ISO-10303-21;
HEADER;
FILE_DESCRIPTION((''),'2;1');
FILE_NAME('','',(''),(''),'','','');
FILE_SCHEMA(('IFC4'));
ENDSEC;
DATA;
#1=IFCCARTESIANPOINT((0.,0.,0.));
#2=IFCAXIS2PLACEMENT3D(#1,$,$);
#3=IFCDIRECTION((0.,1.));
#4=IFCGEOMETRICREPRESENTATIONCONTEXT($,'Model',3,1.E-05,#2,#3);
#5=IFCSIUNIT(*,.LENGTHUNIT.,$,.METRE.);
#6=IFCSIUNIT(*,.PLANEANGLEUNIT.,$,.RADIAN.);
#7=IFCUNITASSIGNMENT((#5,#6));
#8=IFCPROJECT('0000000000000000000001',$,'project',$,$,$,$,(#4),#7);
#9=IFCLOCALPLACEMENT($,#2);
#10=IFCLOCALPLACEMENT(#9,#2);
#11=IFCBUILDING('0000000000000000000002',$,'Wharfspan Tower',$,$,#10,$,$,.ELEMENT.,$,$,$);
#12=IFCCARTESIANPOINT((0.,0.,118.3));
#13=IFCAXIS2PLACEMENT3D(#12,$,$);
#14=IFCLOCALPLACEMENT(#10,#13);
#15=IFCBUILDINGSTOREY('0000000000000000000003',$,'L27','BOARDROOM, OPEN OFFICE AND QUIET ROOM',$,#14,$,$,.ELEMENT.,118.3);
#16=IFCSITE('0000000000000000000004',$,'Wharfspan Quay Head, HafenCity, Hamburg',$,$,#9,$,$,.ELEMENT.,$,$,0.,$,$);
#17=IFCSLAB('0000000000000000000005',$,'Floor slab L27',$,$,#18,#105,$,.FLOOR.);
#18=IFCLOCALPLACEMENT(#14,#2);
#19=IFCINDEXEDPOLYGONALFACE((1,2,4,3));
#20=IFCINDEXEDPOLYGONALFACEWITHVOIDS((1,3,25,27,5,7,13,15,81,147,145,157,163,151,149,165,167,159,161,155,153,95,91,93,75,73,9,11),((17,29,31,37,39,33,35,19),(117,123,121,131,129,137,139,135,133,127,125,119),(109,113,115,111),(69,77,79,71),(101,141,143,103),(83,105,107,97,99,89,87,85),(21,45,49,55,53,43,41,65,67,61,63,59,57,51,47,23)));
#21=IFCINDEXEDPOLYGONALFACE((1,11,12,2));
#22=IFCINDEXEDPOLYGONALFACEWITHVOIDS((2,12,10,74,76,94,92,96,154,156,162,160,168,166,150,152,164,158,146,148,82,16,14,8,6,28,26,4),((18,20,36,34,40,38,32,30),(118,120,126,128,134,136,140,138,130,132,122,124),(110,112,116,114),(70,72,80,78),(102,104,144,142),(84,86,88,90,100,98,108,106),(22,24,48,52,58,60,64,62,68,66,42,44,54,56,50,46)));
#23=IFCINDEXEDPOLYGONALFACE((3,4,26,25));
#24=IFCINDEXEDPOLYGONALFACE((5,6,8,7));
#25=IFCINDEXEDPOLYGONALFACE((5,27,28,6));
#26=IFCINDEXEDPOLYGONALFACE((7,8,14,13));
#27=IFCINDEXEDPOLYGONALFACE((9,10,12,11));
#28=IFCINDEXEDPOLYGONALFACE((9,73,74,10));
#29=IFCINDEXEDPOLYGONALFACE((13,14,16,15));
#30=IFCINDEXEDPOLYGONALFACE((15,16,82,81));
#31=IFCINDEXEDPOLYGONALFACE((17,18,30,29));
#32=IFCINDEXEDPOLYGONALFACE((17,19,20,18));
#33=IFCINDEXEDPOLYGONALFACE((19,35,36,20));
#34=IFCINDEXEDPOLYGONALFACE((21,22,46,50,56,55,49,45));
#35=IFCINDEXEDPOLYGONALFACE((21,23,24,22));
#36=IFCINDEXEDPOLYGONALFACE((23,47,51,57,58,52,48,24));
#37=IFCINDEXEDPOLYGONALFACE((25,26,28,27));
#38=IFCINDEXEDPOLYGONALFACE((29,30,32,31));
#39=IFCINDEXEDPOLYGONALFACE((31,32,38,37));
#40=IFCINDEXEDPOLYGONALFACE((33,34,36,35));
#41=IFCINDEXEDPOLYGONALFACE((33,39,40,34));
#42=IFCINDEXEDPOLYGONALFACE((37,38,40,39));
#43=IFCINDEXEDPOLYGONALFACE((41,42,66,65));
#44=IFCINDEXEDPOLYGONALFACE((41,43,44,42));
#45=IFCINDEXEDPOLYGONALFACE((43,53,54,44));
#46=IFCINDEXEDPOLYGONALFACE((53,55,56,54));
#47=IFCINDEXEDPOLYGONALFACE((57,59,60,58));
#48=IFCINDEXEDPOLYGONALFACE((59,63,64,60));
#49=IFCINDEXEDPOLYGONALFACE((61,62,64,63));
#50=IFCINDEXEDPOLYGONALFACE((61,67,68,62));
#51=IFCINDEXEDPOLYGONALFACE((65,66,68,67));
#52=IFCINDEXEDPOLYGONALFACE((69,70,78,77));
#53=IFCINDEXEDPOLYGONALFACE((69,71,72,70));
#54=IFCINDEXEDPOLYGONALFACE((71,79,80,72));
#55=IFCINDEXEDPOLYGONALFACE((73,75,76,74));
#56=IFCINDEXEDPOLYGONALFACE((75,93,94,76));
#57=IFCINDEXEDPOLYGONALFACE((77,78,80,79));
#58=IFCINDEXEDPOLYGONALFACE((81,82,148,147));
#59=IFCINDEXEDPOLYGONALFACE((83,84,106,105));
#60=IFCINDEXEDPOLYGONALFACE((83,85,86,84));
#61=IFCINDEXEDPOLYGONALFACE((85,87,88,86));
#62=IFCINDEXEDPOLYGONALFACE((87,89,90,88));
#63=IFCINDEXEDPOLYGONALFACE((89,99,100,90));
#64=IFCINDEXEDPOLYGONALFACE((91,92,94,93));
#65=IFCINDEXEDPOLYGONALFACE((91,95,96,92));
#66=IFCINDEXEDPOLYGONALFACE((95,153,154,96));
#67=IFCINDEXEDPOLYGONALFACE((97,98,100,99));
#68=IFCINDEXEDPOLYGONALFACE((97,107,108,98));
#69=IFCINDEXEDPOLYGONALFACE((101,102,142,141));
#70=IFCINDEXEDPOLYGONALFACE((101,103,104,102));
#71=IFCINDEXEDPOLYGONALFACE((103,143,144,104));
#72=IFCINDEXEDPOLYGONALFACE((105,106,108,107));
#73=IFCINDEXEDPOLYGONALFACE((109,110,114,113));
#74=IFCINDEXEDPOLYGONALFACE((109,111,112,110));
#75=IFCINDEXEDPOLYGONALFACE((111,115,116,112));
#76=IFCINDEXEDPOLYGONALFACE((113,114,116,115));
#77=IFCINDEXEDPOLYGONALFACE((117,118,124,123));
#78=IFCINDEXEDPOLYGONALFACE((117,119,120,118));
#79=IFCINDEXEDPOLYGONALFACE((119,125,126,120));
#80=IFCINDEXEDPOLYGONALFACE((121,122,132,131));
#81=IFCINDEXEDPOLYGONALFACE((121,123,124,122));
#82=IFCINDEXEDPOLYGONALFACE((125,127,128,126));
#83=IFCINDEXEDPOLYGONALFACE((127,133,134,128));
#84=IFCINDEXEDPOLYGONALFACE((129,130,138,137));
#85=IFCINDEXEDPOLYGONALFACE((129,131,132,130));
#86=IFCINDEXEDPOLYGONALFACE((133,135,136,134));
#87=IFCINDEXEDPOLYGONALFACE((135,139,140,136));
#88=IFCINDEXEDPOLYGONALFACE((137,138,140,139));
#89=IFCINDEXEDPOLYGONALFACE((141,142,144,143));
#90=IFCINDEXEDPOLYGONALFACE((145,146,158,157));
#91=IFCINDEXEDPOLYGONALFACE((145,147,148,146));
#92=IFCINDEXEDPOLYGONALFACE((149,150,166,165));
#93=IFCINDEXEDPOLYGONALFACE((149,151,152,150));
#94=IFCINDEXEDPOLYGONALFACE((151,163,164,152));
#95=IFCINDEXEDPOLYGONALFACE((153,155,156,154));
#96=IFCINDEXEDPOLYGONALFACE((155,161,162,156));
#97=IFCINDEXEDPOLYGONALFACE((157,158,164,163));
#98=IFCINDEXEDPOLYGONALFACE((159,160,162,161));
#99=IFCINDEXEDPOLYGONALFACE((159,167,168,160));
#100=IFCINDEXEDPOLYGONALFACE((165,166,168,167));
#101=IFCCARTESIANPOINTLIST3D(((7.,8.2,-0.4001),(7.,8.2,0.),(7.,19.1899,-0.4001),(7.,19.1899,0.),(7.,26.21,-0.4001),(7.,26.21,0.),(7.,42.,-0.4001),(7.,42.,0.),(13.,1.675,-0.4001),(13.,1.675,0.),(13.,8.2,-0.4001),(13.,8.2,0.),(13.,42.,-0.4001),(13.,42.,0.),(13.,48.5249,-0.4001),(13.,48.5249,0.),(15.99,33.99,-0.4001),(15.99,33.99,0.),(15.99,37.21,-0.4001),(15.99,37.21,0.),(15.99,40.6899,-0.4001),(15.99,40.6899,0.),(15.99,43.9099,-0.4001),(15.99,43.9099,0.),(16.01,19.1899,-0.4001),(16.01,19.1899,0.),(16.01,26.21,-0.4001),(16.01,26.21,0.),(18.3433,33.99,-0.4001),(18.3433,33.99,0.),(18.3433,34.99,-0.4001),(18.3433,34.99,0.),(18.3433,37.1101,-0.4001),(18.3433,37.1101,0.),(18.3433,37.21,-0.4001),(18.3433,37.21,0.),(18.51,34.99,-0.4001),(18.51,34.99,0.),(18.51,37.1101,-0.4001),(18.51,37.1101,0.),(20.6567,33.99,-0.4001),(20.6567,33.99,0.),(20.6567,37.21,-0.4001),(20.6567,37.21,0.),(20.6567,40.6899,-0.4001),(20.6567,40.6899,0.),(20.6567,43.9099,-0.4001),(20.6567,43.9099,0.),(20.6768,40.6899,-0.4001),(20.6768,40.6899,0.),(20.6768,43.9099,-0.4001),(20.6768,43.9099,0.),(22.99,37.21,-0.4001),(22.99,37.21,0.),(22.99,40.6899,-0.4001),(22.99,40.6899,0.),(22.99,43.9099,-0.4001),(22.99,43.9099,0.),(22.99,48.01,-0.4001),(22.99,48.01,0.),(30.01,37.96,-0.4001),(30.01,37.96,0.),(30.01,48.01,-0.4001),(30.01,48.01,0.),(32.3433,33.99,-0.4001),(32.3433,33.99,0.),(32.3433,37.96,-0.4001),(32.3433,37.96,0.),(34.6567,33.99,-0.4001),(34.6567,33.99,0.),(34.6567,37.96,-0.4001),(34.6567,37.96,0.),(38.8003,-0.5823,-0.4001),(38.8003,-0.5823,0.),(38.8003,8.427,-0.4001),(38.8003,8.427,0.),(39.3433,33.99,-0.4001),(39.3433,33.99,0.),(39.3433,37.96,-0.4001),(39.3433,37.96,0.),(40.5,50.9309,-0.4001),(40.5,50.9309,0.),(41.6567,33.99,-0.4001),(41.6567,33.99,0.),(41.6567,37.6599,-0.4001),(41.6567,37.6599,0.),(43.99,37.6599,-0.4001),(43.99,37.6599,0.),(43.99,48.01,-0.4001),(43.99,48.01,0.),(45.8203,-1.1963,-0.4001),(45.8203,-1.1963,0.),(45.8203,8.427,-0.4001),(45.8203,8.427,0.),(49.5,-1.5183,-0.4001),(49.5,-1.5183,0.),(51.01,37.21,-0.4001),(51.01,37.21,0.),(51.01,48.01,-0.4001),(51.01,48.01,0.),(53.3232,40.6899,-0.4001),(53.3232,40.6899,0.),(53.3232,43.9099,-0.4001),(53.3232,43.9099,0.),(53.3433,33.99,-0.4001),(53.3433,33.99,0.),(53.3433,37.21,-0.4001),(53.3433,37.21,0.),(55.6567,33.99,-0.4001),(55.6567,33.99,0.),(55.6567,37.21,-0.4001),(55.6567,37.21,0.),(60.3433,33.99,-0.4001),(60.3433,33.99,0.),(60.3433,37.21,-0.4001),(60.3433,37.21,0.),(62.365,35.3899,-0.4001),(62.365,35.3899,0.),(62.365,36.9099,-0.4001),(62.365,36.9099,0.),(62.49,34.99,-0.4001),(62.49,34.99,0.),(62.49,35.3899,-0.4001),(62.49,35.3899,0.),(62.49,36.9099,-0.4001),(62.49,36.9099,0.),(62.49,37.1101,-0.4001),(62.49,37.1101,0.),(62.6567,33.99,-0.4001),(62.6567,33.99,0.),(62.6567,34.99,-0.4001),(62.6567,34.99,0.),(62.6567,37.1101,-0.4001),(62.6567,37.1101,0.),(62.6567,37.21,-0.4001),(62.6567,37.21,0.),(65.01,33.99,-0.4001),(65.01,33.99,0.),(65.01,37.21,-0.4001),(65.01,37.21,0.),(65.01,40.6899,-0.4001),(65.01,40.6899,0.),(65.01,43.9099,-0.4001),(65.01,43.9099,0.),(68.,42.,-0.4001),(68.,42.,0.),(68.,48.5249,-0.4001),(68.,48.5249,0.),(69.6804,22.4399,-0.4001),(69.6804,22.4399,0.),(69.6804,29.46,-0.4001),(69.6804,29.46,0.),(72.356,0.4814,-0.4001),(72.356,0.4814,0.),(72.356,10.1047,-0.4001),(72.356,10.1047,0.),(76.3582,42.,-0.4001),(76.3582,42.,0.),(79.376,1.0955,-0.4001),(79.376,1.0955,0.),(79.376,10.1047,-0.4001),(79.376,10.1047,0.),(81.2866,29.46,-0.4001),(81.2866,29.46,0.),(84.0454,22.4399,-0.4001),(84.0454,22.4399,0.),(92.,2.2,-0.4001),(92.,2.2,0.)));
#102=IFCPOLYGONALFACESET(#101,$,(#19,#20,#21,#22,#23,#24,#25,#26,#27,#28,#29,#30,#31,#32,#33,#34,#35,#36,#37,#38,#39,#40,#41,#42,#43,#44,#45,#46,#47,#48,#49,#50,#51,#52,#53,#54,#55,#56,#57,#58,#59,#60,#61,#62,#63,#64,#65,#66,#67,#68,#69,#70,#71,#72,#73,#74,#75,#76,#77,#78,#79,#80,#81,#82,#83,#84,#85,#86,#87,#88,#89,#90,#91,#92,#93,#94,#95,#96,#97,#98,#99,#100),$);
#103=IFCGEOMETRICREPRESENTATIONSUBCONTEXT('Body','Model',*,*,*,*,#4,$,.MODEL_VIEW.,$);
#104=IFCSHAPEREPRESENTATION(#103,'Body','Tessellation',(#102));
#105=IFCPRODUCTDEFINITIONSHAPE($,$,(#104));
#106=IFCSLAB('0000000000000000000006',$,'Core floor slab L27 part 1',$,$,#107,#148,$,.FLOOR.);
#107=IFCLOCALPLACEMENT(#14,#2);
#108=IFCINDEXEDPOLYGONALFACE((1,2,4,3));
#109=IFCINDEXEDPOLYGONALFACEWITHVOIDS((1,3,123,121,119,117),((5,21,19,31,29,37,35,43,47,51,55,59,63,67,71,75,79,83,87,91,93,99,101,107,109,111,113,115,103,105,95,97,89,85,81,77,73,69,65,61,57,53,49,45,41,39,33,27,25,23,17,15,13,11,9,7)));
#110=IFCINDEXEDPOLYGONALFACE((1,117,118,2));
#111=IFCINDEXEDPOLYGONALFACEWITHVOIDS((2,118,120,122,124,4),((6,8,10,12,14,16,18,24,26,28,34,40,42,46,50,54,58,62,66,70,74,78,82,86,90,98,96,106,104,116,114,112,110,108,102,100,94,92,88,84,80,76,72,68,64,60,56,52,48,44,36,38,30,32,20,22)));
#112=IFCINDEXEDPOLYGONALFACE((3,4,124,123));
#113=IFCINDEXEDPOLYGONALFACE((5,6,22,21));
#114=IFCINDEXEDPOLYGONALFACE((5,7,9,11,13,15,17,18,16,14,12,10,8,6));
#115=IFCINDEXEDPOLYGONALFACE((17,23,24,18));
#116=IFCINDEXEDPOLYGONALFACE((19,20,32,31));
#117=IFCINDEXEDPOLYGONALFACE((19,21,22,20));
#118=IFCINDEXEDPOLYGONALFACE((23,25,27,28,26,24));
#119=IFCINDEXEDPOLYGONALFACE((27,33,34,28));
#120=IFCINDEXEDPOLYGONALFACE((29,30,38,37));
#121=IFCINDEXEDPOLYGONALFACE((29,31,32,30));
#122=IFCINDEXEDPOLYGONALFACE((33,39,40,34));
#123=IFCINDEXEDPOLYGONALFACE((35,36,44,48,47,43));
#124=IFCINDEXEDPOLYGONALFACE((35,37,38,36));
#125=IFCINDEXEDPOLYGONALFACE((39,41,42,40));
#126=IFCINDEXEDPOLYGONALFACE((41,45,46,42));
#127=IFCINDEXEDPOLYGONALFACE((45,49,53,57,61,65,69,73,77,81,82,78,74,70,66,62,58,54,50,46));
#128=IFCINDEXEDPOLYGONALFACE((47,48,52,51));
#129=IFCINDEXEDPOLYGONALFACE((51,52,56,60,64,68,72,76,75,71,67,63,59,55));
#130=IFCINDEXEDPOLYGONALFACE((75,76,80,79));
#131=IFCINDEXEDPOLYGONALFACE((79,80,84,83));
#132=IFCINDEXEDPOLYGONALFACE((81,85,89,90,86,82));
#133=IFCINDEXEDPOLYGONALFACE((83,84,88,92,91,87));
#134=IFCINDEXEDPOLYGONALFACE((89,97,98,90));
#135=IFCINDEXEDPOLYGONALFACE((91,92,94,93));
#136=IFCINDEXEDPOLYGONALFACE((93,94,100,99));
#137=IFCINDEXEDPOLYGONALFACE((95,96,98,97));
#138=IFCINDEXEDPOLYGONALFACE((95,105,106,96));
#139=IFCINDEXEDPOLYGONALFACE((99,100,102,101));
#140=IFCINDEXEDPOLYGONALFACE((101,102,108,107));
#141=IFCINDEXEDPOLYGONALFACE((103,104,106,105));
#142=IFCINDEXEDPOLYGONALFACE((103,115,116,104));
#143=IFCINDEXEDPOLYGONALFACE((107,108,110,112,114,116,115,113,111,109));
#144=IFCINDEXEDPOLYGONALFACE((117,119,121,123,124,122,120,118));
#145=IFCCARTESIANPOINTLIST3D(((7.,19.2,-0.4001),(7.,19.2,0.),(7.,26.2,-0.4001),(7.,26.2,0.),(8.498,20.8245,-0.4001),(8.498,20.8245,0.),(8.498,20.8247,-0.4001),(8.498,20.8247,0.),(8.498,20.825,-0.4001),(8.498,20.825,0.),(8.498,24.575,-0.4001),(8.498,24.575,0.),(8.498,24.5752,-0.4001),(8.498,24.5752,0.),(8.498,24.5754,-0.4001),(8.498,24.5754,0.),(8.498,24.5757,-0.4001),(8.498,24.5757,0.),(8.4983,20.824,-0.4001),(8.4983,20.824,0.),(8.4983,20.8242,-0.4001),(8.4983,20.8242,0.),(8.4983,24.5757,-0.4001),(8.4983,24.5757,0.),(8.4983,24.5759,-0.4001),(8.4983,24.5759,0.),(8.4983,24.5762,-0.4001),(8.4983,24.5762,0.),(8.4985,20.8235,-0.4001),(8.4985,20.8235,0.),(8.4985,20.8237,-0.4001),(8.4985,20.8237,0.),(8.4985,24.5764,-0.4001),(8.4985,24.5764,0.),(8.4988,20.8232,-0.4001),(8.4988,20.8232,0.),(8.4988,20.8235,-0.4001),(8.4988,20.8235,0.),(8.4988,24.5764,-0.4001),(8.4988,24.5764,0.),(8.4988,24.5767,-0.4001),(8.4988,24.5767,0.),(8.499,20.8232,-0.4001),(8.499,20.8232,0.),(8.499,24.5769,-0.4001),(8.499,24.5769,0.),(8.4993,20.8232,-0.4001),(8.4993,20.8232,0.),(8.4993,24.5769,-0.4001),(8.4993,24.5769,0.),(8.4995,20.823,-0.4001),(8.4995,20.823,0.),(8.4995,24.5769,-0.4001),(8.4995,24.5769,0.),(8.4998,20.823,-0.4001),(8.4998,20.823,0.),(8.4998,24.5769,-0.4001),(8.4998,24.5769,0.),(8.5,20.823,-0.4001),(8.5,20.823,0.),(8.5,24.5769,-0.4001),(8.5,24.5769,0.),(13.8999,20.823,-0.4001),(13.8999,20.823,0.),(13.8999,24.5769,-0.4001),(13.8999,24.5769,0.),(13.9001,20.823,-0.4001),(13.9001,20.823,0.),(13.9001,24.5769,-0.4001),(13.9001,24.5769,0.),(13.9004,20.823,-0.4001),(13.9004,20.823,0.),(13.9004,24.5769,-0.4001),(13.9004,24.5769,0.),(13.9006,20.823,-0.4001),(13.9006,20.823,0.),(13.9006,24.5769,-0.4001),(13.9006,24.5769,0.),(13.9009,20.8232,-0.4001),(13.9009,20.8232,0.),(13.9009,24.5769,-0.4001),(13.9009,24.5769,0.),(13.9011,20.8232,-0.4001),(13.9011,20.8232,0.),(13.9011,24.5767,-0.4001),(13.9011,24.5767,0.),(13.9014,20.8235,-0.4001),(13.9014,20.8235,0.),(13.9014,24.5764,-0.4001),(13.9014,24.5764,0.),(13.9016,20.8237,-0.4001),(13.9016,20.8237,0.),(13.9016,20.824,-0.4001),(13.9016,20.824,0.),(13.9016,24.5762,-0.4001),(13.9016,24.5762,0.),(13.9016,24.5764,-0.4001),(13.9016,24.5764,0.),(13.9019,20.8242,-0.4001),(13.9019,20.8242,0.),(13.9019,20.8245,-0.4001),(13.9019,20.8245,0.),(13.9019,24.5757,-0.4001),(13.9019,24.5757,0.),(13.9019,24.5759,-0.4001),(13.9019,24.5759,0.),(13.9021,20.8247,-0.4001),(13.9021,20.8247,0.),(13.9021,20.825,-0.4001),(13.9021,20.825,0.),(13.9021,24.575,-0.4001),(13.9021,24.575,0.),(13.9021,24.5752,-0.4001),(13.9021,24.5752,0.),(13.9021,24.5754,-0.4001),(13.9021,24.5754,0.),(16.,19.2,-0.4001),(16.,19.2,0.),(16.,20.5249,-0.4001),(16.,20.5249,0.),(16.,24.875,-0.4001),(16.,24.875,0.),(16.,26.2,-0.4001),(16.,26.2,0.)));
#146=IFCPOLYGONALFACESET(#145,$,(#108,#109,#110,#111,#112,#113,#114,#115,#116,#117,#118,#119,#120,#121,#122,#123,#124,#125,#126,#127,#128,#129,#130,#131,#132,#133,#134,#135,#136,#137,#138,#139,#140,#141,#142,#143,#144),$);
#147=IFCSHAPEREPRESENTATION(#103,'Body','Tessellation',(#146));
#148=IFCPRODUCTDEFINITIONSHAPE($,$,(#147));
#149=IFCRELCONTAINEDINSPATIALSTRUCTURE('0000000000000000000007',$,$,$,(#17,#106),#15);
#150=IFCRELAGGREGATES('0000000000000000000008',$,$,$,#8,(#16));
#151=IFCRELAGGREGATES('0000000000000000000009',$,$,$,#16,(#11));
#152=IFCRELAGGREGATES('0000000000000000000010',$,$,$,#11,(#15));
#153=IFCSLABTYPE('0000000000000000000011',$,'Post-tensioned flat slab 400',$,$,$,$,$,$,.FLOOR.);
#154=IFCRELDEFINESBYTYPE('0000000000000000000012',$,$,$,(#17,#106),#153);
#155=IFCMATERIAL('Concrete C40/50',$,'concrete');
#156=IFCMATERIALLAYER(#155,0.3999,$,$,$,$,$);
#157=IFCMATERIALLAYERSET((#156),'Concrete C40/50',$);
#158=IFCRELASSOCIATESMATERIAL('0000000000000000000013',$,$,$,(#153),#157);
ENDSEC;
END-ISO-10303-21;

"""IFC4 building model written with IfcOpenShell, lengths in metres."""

from ifc_helpers import new_model, si_unit, direction, frame, origin, place, context, subcontext, project, spatial, polyline, outline, extrude, material, layer, layer_set, type_object, element, save


model = new_model("IFC4")

# Units and contexts
model_context = context("Model", 3, precision=1e-05, world=origin(), true_north=direction((0.0, 1.0)))
body_context = subcontext(model_context, "Body", "Model", "MODEL_VIEW")
ifc_project = project(units=[si_unit("LENGTHUNIT", "METRE"), si_unit("PLANEANGLEUNIT", "RADIAN")], contexts=[model_context])

# Site, building, storey
site_placement = place(None, origin())
site = spatial("IfcSite", under=ifc_project, at=site_placement, Name="Wharfspan Quay Head, HafenCity, Hamburg", CompositionType="ELEMENT", RefElevation=0.0)
building_placement = place(site_placement, origin())
building = spatial("IfcBuilding", under=site, at=building_placement, Name="Wharfspan Tower", CompositionType="ELEMENT")
storey_placement = place(building_placement, frame((0.0, 0.0, 118.3)))
storey = spatial("IfcBuildingStorey", under=building, at=storey_placement, Name="L27", Description="BOARDROOM, OPEN OFFICE AND QUIET ROOM", CompositionType="ELEMENT", Elevation=118.3)

# Slabs
ifc_material_1 = material(Name="Concrete C40/50", Category="concrete")
ifc_layer_1 = layer(ifc_material_1, 0.3999)
ifc_layer_set_1 = layer_set([ifc_layer_1], Name="Concrete C40/50")
slab_type_1 = type_object("IfcSlabType", Name="Post-tensioned flat slab 400", PredefinedType="FLOOR", material=ifc_layer_set_1)
slab_1_placement = place(storey_placement, frame((0.0, 0.0, -0.4001)))
element("IfcSlab", 1, at=slab_1_placement, inside=storey, type_object=slab_type_1, Name="Floor slab L27", PredefinedType="FLOOR", context=body_context, shape_type="SweptSolid", body=[
    extrude(outline(polyline([(38.8003, -0.5823), (38.8003, 8.427), (45.8203, 8.427), (45.8203, -1.1963), (49.5, -1.5183), (72.356, 0.4814), (72.356, 10.1047), (79.376, 10.1047), (79.376, 1.0955), (92.0, 2.2), (84.0454, 22.4399), (69.6804, 22.4399), (69.6804, 29.46), (81.2866, 29.46), (76.3582, 42.0), (68.0, 42.0), (68.0, 48.5249), (40.5, 50.9309), (13.0, 48.5249), (13.0, 42.0), (7.0, 42.0), (7.0, 26.21), (16.01, 26.21), (16.01, 19.1899), (7.0, 19.1899), (7.0, 8.2), (13.0, 8.2), (13.0, 1.675), (38.8003, -0.5823)]), holes=[polyline([(62.49, 35.3899), (62.365, 35.3899), (62.365, 36.9099), (62.49, 36.9099), (62.49, 37.1101), (62.6567, 37.1101), (62.6567, 37.21), (65.01, 37.21), (65.01, 33.99), (62.6567, 33.99), (62.6567, 34.99), (62.49, 34.99), (62.49, 35.3899)]), polyline([(65.01, 43.9099), (65.01, 40.6899), (53.3232, 40.6899), (53.3232, 43.9099), (65.01, 43.9099)]), polyline([(55.6567, 33.99), (55.6567, 37.21), (60.3433, 37.21), (60.3433, 33.99), (55.6567, 33.99)]), polyline([(43.99, 37.6599), (43.99, 48.01), (51.01, 48.01), (51.01, 37.21), (53.3433, 37.21), (53.3433, 33.99), (41.6567, 33.99), (41.6567, 37.6599), (43.99, 37.6599)]), polyline([(34.6567, 33.99), (34.6567, 37.96), (39.3433, 37.96), (39.3433, 33.99), (34.6567, 33.99)]), polyline([(20.6567, 37.21), (22.99, 37.21), (22.99, 40.6899), (20.6768, 40.6899), (20.6567, 40.6899), (15.99, 40.6899), (15.99, 43.9099), (20.6567, 43.9099), (20.6768, 43.9099), (22.99, 43.9099), (22.99, 48.01), (30.01, 48.01), (30.01, 37.96), (32.3433, 37.96), (32.3433, 33.99), (20.6567, 33.99), (20.6567, 37.21)]), polyline([(18.51, 34.99), (18.3433, 34.99), (18.3433, 33.99), (15.99, 33.99), (15.99, 37.21), (18.3433, 37.21), (18.3433, 37.1101), (18.51, 37.1101), (18.51, 34.99)])]), origin(), (0.0, 0.0, 1.0), 0.4001),
])
slab_2_placement = place(storey_placement, frame((0.0, 0.0, -0.4001)))
element("IfcSlab", 2, at=slab_2_placement, inside=storey, type_object=slab_type_1, Name="Core floor slab L27 part 1", PredefinedType="FLOOR", context=body_context, shape_type="SweptSolid", body=[
    extrude(outline(polyline([(16.0, 20.5249), (16.0, 24.875), (16.0, 26.2), (7.0, 26.2), (7.0, 19.2), (16.0, 19.2), (16.0, 20.5249)]), holes=[polyline([(13.9021, 20.825), (13.9021, 20.8247), (13.9021, 20.8247), (13.9019, 20.8245), (13.9019, 20.8242), (13.9019, 20.8242), (13.9016, 20.824), (13.9016, 20.8237), (13.9014, 20.8235), (13.9014, 20.8235), (13.9011, 20.8232), (13.9009, 20.8232), (13.9009, 20.8232), (13.9006, 20.823), (13.9004, 20.823), (13.9001, 20.823), (13.8999, 20.823), (8.5, 20.823), (8.4998, 20.823), (8.4995, 20.823), (8.4995, 20.823), (8.4993, 20.8232), (8.499, 20.8232), (8.4988, 20.8232), (8.4988, 20.8235), (8.4985, 20.8235), (8.4985, 20.8237), (8.4983, 20.824), (8.4983, 20.8242), (8.4983, 20.8242), (8.498, 20.8245), (8.498, 20.8247), (8.498, 20.8247), (8.498, 20.825), (8.498, 24.575), (8.498, 24.5752), (8.498, 24.5754), (8.498, 24.5757), (8.4983, 24.5757), (8.4983, 24.5759), (8.4983, 24.5762), (8.4985, 24.5764), (8.4985, 24.5764), (8.4988, 24.5764), (8.4988, 24.5767), (8.499, 24.5769), (8.4993, 24.5769), (8.4995, 24.5769), (8.4995, 24.5769), (8.4998, 24.5769), (8.5, 24.5769), (13.8999, 24.5769), (13.9001, 24.5769), (13.9004, 24.5769), (13.9006, 24.5769), (13.9009, 24.5769), (13.9009, 24.5769), (13.9011, 24.5767), (13.9014, 24.5764), (13.9014, 24.5764), (13.9016, 24.5764), (13.9016, 24.5762), (13.9019, 24.5759), (13.9019, 24.5757), (13.9019, 24.5757), (13.9021, 24.5754), (13.9021, 24.5752), (13.9021, 24.575), (13.9021, 20.825)])]), origin(), (0.0, 0.0, 1.0), 0.4001),
])

save(model, "model.ifc")
